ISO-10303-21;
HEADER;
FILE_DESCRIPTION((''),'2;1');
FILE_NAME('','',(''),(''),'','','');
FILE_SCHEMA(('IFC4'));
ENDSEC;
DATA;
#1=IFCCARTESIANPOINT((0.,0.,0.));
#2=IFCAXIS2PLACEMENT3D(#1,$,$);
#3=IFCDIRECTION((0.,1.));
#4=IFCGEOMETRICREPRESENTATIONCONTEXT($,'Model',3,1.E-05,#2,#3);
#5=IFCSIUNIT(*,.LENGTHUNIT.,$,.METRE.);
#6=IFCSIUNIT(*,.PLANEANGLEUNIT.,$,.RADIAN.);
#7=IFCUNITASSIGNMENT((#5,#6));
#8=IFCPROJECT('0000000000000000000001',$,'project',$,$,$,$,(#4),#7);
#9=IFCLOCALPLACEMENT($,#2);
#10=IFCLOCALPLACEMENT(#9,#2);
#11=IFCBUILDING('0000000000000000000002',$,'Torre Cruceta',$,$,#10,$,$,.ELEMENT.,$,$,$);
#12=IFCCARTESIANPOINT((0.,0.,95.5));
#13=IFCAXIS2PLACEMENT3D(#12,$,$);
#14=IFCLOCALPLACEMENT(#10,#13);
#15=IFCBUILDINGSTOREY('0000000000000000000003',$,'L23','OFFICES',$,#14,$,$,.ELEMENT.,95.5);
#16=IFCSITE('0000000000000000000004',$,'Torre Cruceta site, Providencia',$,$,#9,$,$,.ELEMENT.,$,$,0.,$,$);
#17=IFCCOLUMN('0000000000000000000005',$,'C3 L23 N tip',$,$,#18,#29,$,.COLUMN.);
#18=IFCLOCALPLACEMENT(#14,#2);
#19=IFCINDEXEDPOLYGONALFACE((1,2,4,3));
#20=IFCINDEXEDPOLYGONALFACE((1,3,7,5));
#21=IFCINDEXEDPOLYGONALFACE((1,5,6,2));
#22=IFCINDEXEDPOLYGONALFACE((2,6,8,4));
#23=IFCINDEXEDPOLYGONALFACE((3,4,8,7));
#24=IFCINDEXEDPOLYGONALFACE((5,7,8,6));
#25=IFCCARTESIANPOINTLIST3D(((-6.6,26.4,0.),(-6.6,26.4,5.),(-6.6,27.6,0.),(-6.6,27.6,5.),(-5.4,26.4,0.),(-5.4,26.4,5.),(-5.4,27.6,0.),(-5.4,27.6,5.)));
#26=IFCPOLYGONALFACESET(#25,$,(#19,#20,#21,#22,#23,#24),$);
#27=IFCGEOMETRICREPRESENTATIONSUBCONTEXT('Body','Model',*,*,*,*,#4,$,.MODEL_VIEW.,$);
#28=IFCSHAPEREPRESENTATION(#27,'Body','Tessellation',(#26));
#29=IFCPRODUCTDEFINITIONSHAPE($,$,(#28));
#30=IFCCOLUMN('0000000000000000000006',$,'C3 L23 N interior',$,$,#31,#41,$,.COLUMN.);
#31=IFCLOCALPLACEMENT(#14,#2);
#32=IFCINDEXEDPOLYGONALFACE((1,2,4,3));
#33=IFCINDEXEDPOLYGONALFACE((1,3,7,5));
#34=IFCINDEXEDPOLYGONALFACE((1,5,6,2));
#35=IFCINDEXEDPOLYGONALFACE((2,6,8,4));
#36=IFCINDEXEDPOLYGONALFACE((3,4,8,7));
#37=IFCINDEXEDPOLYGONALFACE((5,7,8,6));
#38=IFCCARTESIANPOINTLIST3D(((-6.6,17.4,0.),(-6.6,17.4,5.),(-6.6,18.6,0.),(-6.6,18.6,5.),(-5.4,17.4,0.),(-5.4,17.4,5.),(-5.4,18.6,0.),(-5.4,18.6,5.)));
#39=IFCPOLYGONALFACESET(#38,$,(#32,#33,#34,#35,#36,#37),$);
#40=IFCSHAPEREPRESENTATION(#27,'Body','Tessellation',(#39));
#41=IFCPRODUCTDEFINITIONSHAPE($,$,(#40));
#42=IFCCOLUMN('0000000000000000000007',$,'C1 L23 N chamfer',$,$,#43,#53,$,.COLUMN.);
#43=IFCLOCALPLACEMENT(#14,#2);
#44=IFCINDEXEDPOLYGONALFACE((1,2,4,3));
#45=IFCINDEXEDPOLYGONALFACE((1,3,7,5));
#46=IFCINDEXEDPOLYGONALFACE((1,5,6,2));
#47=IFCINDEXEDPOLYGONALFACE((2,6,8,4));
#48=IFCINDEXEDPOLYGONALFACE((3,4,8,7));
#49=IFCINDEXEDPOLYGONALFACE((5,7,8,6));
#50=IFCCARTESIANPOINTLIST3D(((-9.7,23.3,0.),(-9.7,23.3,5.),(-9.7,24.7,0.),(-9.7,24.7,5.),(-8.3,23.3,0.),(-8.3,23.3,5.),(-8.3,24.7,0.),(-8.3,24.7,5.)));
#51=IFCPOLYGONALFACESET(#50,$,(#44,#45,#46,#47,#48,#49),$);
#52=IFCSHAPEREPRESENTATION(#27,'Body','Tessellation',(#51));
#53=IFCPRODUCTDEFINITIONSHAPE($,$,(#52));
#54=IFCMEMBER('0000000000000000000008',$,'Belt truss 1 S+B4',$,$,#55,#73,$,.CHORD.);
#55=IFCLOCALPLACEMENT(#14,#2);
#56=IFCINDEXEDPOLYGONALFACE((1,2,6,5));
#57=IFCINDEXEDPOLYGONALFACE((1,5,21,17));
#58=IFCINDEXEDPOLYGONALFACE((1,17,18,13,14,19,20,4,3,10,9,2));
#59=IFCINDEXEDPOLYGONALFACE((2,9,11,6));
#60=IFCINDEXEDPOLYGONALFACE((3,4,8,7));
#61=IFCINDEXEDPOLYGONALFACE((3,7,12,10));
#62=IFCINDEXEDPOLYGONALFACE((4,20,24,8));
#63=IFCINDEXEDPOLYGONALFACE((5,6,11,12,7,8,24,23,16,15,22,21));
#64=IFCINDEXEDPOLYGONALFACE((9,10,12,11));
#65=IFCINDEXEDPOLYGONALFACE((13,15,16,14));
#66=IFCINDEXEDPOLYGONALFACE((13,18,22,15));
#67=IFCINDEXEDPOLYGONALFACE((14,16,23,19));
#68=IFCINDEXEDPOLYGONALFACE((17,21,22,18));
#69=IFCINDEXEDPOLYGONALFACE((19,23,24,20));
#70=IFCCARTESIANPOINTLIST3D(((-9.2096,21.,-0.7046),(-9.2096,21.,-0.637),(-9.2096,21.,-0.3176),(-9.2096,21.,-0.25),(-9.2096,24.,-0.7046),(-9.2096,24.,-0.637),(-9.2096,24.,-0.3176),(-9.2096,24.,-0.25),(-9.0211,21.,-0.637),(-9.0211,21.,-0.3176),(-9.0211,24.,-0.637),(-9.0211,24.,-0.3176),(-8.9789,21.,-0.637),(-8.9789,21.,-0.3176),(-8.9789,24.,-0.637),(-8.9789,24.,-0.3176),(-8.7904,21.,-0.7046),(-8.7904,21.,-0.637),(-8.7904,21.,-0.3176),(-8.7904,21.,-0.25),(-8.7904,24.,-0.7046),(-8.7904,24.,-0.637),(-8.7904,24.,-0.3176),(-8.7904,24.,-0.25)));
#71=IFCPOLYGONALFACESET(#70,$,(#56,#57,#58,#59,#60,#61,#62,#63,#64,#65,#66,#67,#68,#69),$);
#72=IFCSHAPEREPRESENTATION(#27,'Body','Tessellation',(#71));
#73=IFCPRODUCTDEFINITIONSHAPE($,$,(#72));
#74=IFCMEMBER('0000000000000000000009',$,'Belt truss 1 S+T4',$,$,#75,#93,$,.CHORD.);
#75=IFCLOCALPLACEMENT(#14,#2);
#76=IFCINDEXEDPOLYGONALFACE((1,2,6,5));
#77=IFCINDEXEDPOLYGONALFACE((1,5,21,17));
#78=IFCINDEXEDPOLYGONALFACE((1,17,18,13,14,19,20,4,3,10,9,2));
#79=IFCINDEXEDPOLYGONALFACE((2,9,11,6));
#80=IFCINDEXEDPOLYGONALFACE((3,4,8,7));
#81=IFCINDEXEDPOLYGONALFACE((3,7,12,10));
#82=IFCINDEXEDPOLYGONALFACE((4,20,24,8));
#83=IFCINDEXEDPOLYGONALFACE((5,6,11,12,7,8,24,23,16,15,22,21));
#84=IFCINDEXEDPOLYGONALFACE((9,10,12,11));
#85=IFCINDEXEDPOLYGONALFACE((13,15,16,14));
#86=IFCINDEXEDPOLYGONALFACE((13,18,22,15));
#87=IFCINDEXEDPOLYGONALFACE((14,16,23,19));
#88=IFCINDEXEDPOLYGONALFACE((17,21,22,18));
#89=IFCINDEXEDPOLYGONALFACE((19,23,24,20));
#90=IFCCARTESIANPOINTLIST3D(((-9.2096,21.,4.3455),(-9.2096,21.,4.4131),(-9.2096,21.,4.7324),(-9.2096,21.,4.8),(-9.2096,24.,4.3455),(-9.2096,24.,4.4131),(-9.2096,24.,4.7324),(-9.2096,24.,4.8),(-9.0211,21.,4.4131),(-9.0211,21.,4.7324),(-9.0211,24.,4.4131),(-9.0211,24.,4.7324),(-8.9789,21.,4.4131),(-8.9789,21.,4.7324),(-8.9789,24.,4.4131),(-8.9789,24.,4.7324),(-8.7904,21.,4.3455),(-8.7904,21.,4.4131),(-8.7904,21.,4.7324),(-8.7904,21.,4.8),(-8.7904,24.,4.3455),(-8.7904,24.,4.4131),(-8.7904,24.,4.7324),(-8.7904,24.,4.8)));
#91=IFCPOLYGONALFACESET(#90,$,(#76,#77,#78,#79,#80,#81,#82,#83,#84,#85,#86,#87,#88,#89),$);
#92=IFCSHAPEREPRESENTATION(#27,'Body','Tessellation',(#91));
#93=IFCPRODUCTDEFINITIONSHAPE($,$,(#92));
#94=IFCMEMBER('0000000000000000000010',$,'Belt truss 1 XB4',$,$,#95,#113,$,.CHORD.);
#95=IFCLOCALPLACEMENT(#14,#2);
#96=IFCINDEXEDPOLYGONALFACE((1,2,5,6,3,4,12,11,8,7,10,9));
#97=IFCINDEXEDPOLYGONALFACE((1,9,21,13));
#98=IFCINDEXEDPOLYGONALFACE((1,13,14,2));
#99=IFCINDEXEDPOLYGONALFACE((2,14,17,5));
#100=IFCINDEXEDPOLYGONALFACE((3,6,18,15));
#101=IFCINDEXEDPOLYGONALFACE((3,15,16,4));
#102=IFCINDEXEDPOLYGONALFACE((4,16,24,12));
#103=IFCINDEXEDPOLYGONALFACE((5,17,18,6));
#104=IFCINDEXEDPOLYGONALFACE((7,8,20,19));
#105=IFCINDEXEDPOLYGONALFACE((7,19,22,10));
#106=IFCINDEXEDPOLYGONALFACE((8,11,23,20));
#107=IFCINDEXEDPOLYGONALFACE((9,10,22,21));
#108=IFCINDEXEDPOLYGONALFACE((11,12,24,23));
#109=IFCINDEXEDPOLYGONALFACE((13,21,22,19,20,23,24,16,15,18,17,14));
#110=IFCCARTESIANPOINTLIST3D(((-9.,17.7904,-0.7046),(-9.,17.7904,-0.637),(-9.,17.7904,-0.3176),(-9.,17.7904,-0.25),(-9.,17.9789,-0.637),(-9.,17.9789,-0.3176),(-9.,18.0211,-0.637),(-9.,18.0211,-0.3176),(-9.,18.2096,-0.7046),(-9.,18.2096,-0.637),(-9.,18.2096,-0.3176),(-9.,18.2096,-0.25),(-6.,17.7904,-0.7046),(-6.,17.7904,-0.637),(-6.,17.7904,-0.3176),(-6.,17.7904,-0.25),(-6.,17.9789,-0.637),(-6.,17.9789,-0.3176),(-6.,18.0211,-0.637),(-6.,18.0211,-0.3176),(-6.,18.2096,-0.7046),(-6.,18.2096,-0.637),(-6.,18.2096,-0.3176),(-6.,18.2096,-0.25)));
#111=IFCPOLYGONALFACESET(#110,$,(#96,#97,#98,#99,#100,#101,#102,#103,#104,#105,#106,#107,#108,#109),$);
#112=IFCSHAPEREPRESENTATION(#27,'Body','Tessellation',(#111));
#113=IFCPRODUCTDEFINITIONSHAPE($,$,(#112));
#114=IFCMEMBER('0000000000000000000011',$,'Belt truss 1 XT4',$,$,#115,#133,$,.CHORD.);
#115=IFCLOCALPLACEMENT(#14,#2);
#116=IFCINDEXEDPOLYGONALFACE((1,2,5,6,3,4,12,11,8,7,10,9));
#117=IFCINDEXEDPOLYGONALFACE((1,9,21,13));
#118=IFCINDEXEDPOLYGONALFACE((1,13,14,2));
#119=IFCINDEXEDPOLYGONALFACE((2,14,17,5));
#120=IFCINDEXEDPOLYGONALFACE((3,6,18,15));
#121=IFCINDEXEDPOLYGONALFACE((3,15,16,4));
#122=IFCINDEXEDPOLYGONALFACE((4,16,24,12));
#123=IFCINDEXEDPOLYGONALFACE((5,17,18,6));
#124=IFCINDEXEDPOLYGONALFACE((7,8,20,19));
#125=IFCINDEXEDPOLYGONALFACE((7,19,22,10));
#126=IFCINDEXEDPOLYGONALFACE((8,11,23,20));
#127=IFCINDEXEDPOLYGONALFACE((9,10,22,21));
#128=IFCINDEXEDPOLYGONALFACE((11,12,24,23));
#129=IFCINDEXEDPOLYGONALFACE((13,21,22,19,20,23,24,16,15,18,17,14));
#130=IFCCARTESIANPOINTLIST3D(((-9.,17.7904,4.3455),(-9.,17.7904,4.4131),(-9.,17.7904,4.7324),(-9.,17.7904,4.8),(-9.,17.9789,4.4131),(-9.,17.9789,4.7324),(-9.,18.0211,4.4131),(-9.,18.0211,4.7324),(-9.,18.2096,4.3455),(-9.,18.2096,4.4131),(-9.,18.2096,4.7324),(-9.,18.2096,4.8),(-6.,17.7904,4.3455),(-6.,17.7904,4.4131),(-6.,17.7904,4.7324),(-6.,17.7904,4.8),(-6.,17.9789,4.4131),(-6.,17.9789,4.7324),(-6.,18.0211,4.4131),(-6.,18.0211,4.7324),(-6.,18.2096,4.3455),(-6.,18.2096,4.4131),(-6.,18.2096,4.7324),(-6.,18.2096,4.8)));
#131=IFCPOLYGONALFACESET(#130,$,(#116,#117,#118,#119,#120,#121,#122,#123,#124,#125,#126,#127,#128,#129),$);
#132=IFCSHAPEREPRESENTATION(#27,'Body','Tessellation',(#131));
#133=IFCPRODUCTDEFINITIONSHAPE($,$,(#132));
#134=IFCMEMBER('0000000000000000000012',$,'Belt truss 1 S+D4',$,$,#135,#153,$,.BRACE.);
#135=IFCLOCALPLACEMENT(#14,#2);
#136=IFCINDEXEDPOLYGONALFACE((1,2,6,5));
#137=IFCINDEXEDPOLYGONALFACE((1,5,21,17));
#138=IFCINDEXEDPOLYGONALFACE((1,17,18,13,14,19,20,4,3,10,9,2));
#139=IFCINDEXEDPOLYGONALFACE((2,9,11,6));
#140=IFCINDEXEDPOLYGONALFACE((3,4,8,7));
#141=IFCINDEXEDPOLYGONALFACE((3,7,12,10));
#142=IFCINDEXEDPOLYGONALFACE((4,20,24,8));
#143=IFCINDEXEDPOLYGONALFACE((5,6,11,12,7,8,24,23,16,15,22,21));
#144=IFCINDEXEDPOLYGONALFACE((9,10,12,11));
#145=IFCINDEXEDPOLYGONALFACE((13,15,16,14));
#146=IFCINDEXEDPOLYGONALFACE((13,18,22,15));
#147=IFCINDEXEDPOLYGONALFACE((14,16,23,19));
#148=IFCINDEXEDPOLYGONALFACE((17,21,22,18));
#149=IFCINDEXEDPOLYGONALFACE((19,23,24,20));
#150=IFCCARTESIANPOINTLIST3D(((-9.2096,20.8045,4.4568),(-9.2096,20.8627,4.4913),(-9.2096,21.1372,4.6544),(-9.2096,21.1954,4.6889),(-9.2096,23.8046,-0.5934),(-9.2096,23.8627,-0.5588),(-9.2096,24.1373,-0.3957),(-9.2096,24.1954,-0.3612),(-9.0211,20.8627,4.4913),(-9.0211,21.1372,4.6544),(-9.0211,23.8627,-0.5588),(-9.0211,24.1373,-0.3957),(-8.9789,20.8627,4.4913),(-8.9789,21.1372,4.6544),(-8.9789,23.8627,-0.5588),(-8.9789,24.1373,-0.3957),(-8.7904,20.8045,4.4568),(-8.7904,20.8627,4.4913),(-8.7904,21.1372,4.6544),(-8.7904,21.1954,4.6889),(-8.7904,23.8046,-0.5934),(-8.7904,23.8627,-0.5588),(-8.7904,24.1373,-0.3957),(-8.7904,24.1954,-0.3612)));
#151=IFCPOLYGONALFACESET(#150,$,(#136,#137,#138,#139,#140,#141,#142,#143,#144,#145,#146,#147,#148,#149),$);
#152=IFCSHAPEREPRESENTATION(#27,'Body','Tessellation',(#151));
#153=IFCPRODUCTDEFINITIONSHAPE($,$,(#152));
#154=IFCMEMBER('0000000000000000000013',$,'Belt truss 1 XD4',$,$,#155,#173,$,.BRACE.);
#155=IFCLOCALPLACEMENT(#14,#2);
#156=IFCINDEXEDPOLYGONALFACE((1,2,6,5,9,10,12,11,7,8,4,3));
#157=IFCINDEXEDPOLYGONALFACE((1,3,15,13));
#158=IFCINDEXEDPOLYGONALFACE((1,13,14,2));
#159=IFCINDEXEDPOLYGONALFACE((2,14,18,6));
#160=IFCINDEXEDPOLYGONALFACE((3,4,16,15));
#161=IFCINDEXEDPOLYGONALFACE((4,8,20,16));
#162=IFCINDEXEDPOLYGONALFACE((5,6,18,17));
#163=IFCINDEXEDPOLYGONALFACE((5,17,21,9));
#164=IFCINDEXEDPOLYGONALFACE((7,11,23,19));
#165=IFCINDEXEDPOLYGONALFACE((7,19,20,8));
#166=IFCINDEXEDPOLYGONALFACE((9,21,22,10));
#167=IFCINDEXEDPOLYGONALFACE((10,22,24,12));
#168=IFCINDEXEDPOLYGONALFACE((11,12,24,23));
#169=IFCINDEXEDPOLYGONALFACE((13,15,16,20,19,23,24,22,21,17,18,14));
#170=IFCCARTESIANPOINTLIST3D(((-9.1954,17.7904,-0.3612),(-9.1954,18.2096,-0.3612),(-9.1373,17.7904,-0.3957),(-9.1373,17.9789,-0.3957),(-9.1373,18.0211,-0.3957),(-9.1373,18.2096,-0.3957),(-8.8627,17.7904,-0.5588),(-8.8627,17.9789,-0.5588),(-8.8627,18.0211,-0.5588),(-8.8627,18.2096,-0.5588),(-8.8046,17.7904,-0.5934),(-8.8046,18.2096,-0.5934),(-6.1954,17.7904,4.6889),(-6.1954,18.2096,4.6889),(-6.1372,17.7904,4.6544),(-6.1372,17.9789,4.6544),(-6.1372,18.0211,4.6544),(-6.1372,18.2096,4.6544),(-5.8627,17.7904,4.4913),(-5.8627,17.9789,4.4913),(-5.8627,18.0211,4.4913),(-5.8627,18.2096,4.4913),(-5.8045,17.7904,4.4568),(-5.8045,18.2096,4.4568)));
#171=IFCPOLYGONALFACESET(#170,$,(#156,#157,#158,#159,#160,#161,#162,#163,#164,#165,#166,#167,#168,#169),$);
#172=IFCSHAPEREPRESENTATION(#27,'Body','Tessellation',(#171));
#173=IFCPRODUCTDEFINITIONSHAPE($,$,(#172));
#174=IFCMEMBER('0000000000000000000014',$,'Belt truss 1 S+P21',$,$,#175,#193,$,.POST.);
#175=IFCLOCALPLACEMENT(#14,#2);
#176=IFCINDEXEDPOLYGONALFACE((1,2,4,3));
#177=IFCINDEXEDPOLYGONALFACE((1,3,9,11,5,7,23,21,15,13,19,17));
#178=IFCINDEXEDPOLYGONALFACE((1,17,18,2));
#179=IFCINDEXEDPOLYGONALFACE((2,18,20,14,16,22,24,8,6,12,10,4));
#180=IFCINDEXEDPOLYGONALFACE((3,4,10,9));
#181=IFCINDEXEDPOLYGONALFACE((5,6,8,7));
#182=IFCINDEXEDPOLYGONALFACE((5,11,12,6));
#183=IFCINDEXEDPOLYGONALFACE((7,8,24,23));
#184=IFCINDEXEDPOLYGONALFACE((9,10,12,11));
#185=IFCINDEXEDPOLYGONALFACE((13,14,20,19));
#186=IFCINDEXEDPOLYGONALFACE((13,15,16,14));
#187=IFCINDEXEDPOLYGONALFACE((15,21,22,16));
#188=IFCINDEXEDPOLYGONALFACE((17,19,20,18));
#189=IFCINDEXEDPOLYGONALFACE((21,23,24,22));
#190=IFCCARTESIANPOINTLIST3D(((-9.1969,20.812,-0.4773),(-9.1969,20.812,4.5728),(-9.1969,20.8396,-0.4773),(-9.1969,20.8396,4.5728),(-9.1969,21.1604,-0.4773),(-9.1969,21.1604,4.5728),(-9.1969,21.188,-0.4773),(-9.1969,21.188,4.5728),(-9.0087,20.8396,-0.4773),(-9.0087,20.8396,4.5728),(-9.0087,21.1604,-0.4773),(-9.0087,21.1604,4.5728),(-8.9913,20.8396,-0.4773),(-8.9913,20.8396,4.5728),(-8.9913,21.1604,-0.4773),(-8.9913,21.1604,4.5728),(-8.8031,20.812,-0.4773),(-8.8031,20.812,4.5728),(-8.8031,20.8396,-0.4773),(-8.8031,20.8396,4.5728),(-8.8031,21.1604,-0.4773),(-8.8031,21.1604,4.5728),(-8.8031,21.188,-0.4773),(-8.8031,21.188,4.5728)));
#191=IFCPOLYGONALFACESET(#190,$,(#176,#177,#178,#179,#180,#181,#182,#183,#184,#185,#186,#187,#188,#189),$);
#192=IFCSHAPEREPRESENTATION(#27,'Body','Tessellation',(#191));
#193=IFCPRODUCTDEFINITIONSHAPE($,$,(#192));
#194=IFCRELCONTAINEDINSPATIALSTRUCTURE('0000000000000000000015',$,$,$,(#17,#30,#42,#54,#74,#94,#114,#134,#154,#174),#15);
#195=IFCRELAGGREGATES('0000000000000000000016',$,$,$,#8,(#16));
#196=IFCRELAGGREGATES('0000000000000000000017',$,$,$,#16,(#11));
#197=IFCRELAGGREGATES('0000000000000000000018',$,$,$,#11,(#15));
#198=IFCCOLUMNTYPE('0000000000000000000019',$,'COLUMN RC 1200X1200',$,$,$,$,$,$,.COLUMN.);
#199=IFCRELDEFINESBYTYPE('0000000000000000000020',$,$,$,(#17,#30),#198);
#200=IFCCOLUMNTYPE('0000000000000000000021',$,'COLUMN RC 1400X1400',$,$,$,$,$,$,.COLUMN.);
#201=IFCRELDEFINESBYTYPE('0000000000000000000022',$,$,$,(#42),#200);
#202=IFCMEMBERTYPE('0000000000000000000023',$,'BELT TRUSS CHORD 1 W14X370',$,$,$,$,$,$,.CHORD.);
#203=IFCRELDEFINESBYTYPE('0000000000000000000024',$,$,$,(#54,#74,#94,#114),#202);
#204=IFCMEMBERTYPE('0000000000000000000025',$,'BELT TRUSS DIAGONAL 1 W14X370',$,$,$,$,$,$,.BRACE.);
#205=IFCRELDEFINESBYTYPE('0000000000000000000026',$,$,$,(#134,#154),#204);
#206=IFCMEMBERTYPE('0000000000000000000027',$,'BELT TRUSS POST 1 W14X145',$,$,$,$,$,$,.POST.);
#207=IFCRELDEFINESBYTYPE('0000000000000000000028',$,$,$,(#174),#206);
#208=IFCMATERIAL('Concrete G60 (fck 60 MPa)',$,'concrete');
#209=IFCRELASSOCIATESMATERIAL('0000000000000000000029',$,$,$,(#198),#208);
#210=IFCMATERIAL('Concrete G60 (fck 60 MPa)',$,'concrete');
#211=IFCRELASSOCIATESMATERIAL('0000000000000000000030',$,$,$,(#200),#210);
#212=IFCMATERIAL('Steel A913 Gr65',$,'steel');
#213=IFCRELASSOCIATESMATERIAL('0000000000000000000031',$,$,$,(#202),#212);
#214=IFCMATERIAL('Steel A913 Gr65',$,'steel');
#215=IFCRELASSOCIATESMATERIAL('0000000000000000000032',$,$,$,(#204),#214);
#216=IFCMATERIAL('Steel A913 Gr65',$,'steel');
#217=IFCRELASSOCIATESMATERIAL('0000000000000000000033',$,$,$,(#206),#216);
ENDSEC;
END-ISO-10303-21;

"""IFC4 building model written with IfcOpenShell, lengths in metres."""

from ifc_helpers import new_model, si_unit, direction, frame, origin, origin_2d, place, context, subcontext, project, spatial, rectangle, i_section, extrude, material, material_profile, profile_set, type_object, element, save


model = new_model("IFC4")

# Units and contexts
model_context = context("Model", 3, precision=1e-05, world=origin(), true_north=direction((0.0, 1.0)))
body_context = subcontext(model_context, "Body", "Model", "MODEL_VIEW")
ifc_project = project(units=[si_unit("LENGTHUNIT", "METRE"), si_unit("PLANEANGLEUNIT", "RADIAN")], contexts=[model_context])

# Site, building, storey
site_placement = place(None, origin())
site = spatial("IfcSite", under=ifc_project, at=site_placement, Name="Torre Cruceta site, Providencia", CompositionType="ELEMENT", RefElevation=0.0)
building_placement = place(site_placement, origin())
building = spatial("IfcBuilding", under=site, at=building_placement, Name="Torre Cruceta", CompositionType="ELEMENT")
storey_placement = place(building_placement, frame((0.0, 0.0, 95.5)))
storey = spatial("IfcBuildingStorey", under=building, at=storey_placement, Name="L23", Description="OFFICES", CompositionType="ELEMENT", Elevation=95.5)

# Columns
ifc_material_1 = material(Name="Concrete G60 (fck 60 MPa)", Category="concrete")
ifc_material_profile_1 = material_profile(ifc_material_1, rectangle(XDim=1.2, YDim=1.2, at=origin_2d()), Name="RC 1200X1200")
ifc_profile_set_1 = profile_set([ifc_material_profile_1], Name="Concrete G60 (fck 60 MPa)")
column_type_1 = type_object("IfcColumnType", Name="COLUMN RC 1200X1200", PredefinedType="COLUMN", material=ifc_profile_set_1)
for number, where, z_axis, x_axis, name in (
    (1, (-6.0, 27.0, 0.0), (0.0, 0.0, 1.0), (1.0, 0.0, 0.0), "C3 L23 N tip"),
    (2, (-6.0, 18.0, 0.0), (0.0, 0.0, 1.0), (1.0, 0.0, 0.0), "C3 L23 N interior"),
):
    element("IfcColumn", number, at=place(storey_placement, frame(where, z_axis=z_axis, x_axis=x_axis)), inside=storey, type_object=column_type_1, Name=name, PredefinedType="COLUMN", context=body_context, shape_type="SweptSolid", body=[
        extrude(rectangle(XDim=1.2, YDim=1.2, at=origin_2d()), origin(), (0.0, 0.0, 1.0), 5.0),
    ])
ifc_material_2 = material(Name="Concrete G60 (fck 60 MPa)", Category="concrete")
ifc_material_profile_2 = material_profile(ifc_material_2, rectangle(XDim=1.3999, YDim=1.3999, at=origin_2d()), Name="RC 1400X1400")
ifc_profile_set_2 = profile_set([ifc_material_profile_2], Name="Concrete G60 (fck 60 MPa)")
column_type_2 = type_object("IfcColumnType", Name="COLUMN RC 1400X1400", PredefinedType="COLUMN", material=ifc_profile_set_2)
column_placement = place(storey_placement, frame((-9.0, 24.0, 0.0), z_axis=(0.0, 0.0, 1.0), x_axis=(1.0, 0.0, 0.0)))
element("IfcColumn", 3, at=column_placement, inside=storey, type_object=column_type_2, Name="C1 L23 N chamfer", PredefinedType="COLUMN", context=body_context, shape_type="SweptSolid", body=[
    extrude(rectangle(XDim=1.3999, YDim=1.3999, at=origin_2d()), origin(), (0.0, 0.0, 1.0), 5.0),
])

# Members
ifc_material_3 = material(Name="Steel A913 Gr65", Category="steel")
ifc_material_profile_3 = material_profile(ifc_material_3, i_section(OverallWidth=0.4192, OverallDepth=0.4546, WebThickness=0.0422, FlangeThickness=0.0676, at=origin_2d()), Name="W14X370")
ifc_profile_set_3 = profile_set([ifc_material_profile_3], Name="Steel A913 Gr65")
member_type_1 = type_object("IfcMemberType", Name="BELT TRUSS CHORD 1 W14X370", PredefinedType="CHORD", material=ifc_profile_set_3)
for number, where, z_axis, x_axis, name in (
    (4, (-9.0, 21.0, -0.4773), (0.0, 1.0, 0.0), (-1.0, 0.0, 0.0), "Belt truss 1 S+B4"),
    (5, (-9.0, 21.0, 4.5728), (0.0, 1.0, 0.0), (-1.0, 0.0, 0.0), "Belt truss 1 S+T4"),
    (6, (-6.0, 18.0, -0.4773), (-1.0, 0.0, 0.0), (0.0, -1.0, 0.0), "Belt truss 1 XB4"),
    (7, (-6.0, 18.0, 4.5728), (-1.0, 0.0, 0.0), (0.0, -1.0, 0.0), "Belt truss 1 XT4"),
):
    element("IfcMember", number, at=place(storey_placement, frame(where, z_axis=z_axis, x_axis=x_axis)), inside=storey, type_object=member_type_1, Name=name, PredefinedType="CHORD", context=body_context, shape_type="SweptSolid", body=[
        extrude(i_section(OverallWidth=0.4192, OverallDepth=0.4546, WebThickness=0.0422, FlangeThickness=0.0676, at=origin_2d()), origin(), (0.0, 0.0, 1.0), 3.0),
    ])
ifc_material_4 = material(Name="Steel A913 Gr65", Category="steel")
ifc_material_profile_4 = material_profile(ifc_material_4, i_section(OverallWidth=0.4192, OverallDepth=0.4546, WebThickness=0.0422, FlangeThickness=0.0676, at=origin_2d()), Name="W14X370")
ifc_profile_set_4 = profile_set([ifc_material_profile_4], Name="Steel A913 Gr65")
member_type_2 = type_object("IfcMemberType", Name="BELT TRUSS DIAGONAL 1 W14X370", PredefinedType="BRACE", material=ifc_profile_set_4)
for number, where, z_axis, x_axis, name in (
    (8, (-9.0, 24.0, -0.4773), (0.0, -0.510732, 0.85974), (1.0, 0.0, 0.0), "Belt truss 1 S+D4"),
    (9, (-9.0, 18.0, -0.4773), (0.510732, 0.0, 0.85974), (0.0, 1.0, 0.0), "Belt truss 1 XD4"),
):
    element("IfcMember", number, at=place(storey_placement, frame(where, z_axis=z_axis, x_axis=x_axis)), inside=storey, type_object=member_type_2, Name=name, PredefinedType="BRACE", context=body_context, shape_type="SweptSolid", body=[
        extrude(i_section(OverallWidth=0.4192, OverallDepth=0.4546, WebThickness=0.0422, FlangeThickness=0.0676, at=origin_2d()), origin(), (0.0, 0.0, 1.0), 5.874),
    ])
ifc_material_5 = material(Name="Steel A913 Gr65", Category="steel")
ifc_material_profile_5 = material_profile(ifc_material_5, i_section(OverallWidth=0.3938, OverallDepth=0.376, WebThickness=0.0173, FlangeThickness=0.0276, at=origin_2d()), Name="W14X145")
ifc_profile_set_5 = profile_set([ifc_material_profile_5], Name="Steel A913 Gr65")
member_type_3 = type_object("IfcMemberType", Name="BELT TRUSS POST 1 W14X145", PredefinedType="POST", material=ifc_profile_set_5)
member_1_placement = place(storey_placement, frame((-9.0, 21.0, -0.4773), z_axis=(0.0, 0.0, 1.0), x_axis=(1.0, 0.0, 0.0)))
element("IfcMember", 10, at=member_1_placement, inside=storey, type_object=member_type_3, Name="Belt truss 1 S+P21", PredefinedType="POST", context=body_context, shape_type="SweptSolid", body=[
    extrude(i_section(OverallWidth=0.3938, OverallDepth=0.376, WebThickness=0.0173, FlangeThickness=0.0276, at=origin_2d()), origin(), (0.0, 0.0, 1.0), 5.05),
])

save(model, "model.ifc")
